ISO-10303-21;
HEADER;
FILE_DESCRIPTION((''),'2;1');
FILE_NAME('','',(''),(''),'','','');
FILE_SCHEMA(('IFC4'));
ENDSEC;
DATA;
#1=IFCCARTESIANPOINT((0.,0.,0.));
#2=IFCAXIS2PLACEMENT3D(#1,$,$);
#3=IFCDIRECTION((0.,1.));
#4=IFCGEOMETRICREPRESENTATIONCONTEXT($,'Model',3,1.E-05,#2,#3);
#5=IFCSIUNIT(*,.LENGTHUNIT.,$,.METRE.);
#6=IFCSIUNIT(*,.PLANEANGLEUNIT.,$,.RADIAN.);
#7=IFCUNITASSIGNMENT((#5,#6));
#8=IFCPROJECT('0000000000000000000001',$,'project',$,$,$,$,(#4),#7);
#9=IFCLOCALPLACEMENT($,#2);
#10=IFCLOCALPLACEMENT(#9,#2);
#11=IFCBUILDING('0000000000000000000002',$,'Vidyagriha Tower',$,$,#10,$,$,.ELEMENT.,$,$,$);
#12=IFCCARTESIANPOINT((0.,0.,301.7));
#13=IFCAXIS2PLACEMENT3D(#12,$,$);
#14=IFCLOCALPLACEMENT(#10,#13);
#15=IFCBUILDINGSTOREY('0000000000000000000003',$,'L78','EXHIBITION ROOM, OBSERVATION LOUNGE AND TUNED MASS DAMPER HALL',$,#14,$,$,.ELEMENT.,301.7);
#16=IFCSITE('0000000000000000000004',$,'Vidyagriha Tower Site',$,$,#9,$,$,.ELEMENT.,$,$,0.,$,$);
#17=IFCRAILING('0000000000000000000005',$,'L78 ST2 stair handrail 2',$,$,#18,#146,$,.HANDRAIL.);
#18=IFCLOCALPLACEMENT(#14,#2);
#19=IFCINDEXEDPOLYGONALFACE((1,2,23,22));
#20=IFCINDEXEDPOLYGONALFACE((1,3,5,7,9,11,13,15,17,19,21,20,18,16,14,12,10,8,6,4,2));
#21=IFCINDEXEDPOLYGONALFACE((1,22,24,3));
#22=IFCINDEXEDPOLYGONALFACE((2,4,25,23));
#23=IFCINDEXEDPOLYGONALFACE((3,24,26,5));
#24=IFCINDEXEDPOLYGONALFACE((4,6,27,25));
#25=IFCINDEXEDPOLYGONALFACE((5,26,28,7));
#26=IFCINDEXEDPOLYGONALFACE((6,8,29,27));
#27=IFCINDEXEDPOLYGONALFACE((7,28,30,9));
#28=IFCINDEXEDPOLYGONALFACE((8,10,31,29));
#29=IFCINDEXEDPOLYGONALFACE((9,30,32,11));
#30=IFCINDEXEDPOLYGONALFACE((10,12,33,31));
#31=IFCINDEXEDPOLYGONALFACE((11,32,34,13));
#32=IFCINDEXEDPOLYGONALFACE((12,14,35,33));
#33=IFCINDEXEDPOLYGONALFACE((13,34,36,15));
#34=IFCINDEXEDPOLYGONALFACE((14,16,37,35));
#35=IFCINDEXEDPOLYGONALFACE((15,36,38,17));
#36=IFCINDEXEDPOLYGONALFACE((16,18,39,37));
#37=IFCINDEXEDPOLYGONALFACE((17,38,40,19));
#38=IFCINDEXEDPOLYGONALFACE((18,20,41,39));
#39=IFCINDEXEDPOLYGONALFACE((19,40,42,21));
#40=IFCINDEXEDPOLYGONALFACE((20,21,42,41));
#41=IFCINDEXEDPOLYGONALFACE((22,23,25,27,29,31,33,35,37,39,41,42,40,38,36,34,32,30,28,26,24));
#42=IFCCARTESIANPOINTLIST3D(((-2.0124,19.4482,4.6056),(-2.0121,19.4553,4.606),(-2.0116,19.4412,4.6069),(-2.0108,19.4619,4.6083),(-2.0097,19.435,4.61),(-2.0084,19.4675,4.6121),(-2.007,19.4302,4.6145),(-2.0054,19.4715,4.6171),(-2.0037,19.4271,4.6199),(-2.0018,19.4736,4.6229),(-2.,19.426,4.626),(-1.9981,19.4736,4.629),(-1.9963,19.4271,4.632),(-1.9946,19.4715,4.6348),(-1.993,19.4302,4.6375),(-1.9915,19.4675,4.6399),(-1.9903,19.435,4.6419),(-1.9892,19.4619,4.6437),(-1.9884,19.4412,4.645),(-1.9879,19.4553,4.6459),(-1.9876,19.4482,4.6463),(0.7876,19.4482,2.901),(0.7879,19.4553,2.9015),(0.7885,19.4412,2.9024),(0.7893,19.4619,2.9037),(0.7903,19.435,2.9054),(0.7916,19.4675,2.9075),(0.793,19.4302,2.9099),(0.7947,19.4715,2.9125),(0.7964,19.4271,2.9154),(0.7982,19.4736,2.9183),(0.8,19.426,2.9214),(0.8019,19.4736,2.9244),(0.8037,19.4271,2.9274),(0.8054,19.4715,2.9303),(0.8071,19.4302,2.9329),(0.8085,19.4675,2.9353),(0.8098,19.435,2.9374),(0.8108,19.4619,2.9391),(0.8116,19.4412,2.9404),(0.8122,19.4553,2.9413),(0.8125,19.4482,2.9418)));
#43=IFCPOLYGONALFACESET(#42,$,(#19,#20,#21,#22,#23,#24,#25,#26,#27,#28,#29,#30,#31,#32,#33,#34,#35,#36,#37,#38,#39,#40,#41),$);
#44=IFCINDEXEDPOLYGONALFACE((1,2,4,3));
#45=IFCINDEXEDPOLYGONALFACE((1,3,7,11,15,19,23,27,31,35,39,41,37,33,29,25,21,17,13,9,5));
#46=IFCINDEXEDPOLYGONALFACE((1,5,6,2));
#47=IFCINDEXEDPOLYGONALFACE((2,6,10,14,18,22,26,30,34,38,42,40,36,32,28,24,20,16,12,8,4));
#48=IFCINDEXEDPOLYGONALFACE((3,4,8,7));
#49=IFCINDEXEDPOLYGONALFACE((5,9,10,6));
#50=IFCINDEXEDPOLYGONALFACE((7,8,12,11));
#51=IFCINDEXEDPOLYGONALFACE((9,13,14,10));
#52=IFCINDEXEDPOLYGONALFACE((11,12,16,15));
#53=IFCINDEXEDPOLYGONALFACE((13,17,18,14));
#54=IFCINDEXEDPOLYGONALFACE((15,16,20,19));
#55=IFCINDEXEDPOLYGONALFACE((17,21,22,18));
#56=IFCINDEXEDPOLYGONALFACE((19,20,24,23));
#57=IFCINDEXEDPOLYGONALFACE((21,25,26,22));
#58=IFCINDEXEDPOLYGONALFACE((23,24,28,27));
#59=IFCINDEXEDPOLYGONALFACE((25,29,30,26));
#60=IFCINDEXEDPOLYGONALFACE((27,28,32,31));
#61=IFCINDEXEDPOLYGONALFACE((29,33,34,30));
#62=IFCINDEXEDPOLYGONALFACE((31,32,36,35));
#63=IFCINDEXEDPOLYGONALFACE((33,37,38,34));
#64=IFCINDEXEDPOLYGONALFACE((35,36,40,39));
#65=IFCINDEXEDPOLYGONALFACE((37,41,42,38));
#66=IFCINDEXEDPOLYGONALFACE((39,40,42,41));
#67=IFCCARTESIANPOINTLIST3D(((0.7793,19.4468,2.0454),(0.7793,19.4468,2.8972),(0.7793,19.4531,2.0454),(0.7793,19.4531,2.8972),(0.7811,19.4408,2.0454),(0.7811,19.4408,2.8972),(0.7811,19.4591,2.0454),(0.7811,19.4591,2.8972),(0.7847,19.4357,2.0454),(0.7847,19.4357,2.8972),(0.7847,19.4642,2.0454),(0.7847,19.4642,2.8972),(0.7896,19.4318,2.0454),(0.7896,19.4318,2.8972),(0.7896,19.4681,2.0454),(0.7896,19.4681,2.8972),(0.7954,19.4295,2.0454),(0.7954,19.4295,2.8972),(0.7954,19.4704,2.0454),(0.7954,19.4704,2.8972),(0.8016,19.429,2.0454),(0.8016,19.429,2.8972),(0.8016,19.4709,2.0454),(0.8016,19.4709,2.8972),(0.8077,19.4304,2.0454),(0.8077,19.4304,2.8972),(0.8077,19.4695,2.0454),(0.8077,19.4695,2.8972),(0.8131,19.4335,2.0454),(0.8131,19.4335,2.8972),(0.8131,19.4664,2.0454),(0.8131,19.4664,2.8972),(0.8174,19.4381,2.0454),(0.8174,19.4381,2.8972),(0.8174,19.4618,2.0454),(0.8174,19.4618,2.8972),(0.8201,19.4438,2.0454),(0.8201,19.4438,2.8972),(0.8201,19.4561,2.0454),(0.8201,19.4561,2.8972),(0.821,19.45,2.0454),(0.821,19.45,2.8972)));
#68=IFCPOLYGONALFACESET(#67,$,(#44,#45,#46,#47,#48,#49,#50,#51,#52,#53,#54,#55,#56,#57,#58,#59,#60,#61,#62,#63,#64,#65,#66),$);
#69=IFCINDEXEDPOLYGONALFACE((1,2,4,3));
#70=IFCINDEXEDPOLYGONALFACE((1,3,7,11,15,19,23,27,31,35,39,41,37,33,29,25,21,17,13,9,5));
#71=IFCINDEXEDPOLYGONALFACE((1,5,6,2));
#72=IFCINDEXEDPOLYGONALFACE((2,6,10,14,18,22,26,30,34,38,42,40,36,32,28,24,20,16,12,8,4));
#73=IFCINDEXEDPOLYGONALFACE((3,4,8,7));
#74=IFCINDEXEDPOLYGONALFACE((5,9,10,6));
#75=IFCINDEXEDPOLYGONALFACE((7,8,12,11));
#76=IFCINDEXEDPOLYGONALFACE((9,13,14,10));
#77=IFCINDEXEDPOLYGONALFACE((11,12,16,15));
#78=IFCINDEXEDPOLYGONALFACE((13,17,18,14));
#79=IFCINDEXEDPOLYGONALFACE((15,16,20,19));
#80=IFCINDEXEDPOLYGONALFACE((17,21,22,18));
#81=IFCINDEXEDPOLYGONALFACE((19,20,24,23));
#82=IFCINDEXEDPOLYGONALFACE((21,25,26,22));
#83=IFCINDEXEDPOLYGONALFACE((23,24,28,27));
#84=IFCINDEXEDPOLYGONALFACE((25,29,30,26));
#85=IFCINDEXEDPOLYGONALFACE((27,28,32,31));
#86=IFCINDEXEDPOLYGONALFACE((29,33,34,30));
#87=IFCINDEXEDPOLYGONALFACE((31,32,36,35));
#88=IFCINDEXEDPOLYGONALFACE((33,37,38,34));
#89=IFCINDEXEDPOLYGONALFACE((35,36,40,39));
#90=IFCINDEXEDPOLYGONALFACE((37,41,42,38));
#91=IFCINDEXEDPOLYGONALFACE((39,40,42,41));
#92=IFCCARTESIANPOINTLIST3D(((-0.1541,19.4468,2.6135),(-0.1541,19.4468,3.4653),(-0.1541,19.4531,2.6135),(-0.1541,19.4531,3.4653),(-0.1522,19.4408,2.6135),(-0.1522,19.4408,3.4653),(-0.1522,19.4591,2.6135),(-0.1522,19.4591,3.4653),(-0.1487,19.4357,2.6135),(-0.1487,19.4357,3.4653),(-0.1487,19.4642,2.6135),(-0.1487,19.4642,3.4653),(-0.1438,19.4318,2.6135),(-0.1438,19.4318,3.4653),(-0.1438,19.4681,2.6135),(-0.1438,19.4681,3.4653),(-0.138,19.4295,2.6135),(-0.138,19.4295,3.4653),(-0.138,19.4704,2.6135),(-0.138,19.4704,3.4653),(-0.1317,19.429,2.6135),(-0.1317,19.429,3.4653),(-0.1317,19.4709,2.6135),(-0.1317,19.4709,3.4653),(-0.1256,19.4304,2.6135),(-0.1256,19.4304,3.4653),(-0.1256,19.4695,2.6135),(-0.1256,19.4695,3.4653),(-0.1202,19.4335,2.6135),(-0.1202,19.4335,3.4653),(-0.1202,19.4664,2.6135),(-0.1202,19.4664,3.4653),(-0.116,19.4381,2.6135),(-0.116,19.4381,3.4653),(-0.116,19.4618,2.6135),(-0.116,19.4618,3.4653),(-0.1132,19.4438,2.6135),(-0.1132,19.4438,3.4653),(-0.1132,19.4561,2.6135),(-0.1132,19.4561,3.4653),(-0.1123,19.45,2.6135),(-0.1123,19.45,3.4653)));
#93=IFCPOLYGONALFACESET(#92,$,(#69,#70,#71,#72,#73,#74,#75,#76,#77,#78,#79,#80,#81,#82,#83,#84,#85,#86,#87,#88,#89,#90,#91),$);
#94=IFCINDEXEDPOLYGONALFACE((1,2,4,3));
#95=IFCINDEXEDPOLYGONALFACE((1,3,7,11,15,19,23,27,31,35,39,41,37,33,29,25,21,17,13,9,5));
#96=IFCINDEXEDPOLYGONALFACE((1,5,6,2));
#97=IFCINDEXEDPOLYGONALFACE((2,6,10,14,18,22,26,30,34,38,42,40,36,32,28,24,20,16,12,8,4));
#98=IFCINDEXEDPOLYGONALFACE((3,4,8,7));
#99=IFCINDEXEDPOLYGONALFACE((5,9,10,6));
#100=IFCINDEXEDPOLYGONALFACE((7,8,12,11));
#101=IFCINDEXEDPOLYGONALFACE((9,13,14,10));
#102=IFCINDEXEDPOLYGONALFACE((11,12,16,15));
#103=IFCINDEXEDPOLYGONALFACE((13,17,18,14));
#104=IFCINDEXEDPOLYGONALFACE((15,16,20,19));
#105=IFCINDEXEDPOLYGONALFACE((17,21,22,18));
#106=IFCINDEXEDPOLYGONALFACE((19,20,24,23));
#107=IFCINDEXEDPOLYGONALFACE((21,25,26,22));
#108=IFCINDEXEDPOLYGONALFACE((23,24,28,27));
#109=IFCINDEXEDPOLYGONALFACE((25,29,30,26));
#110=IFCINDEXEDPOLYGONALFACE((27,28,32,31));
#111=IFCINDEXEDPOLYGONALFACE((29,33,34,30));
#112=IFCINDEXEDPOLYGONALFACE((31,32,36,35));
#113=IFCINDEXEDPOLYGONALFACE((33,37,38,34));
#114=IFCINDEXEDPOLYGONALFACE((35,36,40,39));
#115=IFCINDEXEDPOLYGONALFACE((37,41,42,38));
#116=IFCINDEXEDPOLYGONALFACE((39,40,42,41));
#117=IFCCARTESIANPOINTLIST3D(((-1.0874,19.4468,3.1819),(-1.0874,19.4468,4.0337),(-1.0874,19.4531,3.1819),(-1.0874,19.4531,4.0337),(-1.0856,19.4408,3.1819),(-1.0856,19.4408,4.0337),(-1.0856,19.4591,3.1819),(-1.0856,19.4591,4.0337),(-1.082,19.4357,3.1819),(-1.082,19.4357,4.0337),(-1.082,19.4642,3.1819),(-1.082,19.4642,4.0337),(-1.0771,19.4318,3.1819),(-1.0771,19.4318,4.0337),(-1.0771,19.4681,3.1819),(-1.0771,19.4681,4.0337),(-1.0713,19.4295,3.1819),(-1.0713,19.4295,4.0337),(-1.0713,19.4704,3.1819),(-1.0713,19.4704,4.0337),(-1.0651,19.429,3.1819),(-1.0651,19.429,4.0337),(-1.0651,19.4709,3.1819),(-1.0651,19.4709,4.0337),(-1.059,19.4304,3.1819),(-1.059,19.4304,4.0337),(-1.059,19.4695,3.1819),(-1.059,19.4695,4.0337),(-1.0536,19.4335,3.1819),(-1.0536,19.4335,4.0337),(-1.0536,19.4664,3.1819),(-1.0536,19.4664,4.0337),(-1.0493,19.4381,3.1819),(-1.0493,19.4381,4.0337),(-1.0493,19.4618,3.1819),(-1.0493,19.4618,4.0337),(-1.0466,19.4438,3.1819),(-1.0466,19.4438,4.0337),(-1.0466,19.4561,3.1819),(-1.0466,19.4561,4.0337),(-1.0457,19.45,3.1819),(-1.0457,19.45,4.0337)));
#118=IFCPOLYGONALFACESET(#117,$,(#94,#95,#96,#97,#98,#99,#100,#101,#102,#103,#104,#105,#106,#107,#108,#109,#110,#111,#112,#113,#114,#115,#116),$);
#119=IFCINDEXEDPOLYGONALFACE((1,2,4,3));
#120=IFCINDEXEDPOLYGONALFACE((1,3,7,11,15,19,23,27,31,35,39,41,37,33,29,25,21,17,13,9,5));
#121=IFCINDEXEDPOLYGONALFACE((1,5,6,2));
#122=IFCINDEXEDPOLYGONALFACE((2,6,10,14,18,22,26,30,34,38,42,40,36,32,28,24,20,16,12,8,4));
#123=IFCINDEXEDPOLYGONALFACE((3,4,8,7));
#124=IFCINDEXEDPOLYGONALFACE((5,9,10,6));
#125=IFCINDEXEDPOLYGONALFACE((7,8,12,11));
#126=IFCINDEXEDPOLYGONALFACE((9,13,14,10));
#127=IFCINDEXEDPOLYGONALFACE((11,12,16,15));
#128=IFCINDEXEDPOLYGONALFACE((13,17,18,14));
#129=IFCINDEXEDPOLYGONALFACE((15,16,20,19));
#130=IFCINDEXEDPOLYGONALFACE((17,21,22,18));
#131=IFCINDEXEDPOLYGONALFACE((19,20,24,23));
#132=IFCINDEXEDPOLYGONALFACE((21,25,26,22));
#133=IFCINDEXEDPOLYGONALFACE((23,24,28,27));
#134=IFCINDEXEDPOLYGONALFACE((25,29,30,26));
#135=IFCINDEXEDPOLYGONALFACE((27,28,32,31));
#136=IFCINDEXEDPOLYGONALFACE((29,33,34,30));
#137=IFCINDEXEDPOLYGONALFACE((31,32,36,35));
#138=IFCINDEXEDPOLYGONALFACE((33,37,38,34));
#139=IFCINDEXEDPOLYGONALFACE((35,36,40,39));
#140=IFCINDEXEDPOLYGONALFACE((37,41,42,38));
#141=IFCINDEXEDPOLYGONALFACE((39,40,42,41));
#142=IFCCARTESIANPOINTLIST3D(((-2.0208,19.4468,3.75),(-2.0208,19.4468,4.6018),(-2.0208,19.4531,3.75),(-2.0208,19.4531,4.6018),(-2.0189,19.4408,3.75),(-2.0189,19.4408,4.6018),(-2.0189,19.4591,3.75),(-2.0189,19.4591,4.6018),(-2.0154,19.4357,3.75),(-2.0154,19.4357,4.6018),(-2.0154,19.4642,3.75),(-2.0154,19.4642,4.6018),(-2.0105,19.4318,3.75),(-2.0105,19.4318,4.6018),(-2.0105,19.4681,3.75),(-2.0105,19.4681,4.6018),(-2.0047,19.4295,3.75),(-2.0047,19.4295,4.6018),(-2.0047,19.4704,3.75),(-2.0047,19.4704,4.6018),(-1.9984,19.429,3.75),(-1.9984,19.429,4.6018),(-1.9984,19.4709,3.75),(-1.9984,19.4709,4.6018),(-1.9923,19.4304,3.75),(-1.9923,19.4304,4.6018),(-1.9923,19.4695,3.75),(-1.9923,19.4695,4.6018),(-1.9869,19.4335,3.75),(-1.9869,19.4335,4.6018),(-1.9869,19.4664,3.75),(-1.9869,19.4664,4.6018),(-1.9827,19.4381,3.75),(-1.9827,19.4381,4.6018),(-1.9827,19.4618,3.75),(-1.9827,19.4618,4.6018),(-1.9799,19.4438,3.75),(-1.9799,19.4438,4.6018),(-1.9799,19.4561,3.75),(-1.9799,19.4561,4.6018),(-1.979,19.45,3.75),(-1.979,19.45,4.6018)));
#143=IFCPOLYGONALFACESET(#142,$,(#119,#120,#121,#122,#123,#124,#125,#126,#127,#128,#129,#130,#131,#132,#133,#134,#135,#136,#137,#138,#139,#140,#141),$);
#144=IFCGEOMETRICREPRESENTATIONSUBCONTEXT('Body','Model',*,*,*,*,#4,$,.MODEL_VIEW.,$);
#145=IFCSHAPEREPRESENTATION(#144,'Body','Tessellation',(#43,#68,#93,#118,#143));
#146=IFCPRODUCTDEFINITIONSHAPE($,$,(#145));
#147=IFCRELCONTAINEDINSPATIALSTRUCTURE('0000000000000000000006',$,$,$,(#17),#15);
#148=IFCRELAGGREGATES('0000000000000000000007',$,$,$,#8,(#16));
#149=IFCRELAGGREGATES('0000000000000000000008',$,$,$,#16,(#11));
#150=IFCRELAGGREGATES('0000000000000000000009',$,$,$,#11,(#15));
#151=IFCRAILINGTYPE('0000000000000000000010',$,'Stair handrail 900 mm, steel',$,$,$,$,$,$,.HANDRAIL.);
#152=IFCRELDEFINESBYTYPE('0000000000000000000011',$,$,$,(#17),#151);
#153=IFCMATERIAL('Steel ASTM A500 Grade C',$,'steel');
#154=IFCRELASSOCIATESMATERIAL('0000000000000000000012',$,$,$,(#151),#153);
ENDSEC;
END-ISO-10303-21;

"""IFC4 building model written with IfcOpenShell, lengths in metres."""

from ifc_helpers import new_model, si_unit, direction, frame, origin, origin_2d, place, context, subcontext, project, spatial, circle, extrude, material, type_object, element, save


model = new_model("IFC4")

# Units and contexts
model_context = context("Model", 3, precision=1e-05, world=origin(), true_north=direction((0.0, 1.0)))
body_context = subcontext(model_context, "Body", "Model", "MODEL_VIEW")
ifc_project = project(units=[si_unit("LENGTHUNIT", "METRE"), si_unit("PLANEANGLEUNIT", "RADIAN")], contexts=[model_context])

# Site, building, storey
site_placement = place(None, origin())
site = spatial("IfcSite", under=ifc_project, at=site_placement, Name="Vidyagriha Tower Site", CompositionType="ELEMENT", RefElevation=0.0)
building_placement = place(site_placement, origin())
building = spatial("IfcBuilding", under=site, at=building_placement, Name="Vidyagriha Tower", CompositionType="ELEMENT")
storey_placement = place(building_placement, frame((0.0, 0.0, 301.7)))
storey = spatial("IfcBuildingStorey", under=building, at=storey_placement, Name="L78", Description="EXHIBITION ROOM, OBSERVATION LOUNGE AND TUNED MASS DAMPER HALL", CompositionType="ELEMENT", Elevation=301.7)

# Railing
ifc_material_1 = material(Name="Steel ASTM A500 Grade C", Category="steel")
railing_type_1 = type_object("IfcRailingType", Name="Stair handrail 900 mm, steel", PredefinedType="HANDRAIL", material=ifc_material_1)
for number, where, name in (
    (1, (0.8, 19.45, 2.0454), "L78 ST2 stair handrail 2"),
):
    element("IfcRailing", number, at=place(storey_placement, frame(where)), inside=storey, type_object=railing_type_1, Name=name, PredefinedType="HANDRAIL", context=body_context, shape_type="SweptSolid", body=[
        extrude(circle(Radius=0.0239, at=origin_2d()), frame((0.0, 0.0, 0.876), z_axis=(-0.85417, 0.0, 0.519994), x_axis=(0.0, -1.0, 0.0)), (0.0, 0.0, 1.0), 3.2781),
        extrude(circle(Radius=0.021, at=origin_2d()), origin(), (0.0, 0.0, 1.0), 0.8518),
        extrude(circle(Radius=0.021, at=origin_2d()), frame((-0.9333, 0.0, 0.5681)), (0.0, 0.0, 1.0), 0.8518),
        extrude(circle(Radius=0.021, at=origin_2d()), frame((-1.8667, 0.0, 1.1365)), (0.0, 0.0, 1.0), 0.8518),
        extrude(circle(Radius=0.021, at=origin_2d()), frame((-2.8, 0.0, 1.7046)), (0.0, 0.0, 1.0), 0.8518),
    ])

save(model, "model.ifc")
